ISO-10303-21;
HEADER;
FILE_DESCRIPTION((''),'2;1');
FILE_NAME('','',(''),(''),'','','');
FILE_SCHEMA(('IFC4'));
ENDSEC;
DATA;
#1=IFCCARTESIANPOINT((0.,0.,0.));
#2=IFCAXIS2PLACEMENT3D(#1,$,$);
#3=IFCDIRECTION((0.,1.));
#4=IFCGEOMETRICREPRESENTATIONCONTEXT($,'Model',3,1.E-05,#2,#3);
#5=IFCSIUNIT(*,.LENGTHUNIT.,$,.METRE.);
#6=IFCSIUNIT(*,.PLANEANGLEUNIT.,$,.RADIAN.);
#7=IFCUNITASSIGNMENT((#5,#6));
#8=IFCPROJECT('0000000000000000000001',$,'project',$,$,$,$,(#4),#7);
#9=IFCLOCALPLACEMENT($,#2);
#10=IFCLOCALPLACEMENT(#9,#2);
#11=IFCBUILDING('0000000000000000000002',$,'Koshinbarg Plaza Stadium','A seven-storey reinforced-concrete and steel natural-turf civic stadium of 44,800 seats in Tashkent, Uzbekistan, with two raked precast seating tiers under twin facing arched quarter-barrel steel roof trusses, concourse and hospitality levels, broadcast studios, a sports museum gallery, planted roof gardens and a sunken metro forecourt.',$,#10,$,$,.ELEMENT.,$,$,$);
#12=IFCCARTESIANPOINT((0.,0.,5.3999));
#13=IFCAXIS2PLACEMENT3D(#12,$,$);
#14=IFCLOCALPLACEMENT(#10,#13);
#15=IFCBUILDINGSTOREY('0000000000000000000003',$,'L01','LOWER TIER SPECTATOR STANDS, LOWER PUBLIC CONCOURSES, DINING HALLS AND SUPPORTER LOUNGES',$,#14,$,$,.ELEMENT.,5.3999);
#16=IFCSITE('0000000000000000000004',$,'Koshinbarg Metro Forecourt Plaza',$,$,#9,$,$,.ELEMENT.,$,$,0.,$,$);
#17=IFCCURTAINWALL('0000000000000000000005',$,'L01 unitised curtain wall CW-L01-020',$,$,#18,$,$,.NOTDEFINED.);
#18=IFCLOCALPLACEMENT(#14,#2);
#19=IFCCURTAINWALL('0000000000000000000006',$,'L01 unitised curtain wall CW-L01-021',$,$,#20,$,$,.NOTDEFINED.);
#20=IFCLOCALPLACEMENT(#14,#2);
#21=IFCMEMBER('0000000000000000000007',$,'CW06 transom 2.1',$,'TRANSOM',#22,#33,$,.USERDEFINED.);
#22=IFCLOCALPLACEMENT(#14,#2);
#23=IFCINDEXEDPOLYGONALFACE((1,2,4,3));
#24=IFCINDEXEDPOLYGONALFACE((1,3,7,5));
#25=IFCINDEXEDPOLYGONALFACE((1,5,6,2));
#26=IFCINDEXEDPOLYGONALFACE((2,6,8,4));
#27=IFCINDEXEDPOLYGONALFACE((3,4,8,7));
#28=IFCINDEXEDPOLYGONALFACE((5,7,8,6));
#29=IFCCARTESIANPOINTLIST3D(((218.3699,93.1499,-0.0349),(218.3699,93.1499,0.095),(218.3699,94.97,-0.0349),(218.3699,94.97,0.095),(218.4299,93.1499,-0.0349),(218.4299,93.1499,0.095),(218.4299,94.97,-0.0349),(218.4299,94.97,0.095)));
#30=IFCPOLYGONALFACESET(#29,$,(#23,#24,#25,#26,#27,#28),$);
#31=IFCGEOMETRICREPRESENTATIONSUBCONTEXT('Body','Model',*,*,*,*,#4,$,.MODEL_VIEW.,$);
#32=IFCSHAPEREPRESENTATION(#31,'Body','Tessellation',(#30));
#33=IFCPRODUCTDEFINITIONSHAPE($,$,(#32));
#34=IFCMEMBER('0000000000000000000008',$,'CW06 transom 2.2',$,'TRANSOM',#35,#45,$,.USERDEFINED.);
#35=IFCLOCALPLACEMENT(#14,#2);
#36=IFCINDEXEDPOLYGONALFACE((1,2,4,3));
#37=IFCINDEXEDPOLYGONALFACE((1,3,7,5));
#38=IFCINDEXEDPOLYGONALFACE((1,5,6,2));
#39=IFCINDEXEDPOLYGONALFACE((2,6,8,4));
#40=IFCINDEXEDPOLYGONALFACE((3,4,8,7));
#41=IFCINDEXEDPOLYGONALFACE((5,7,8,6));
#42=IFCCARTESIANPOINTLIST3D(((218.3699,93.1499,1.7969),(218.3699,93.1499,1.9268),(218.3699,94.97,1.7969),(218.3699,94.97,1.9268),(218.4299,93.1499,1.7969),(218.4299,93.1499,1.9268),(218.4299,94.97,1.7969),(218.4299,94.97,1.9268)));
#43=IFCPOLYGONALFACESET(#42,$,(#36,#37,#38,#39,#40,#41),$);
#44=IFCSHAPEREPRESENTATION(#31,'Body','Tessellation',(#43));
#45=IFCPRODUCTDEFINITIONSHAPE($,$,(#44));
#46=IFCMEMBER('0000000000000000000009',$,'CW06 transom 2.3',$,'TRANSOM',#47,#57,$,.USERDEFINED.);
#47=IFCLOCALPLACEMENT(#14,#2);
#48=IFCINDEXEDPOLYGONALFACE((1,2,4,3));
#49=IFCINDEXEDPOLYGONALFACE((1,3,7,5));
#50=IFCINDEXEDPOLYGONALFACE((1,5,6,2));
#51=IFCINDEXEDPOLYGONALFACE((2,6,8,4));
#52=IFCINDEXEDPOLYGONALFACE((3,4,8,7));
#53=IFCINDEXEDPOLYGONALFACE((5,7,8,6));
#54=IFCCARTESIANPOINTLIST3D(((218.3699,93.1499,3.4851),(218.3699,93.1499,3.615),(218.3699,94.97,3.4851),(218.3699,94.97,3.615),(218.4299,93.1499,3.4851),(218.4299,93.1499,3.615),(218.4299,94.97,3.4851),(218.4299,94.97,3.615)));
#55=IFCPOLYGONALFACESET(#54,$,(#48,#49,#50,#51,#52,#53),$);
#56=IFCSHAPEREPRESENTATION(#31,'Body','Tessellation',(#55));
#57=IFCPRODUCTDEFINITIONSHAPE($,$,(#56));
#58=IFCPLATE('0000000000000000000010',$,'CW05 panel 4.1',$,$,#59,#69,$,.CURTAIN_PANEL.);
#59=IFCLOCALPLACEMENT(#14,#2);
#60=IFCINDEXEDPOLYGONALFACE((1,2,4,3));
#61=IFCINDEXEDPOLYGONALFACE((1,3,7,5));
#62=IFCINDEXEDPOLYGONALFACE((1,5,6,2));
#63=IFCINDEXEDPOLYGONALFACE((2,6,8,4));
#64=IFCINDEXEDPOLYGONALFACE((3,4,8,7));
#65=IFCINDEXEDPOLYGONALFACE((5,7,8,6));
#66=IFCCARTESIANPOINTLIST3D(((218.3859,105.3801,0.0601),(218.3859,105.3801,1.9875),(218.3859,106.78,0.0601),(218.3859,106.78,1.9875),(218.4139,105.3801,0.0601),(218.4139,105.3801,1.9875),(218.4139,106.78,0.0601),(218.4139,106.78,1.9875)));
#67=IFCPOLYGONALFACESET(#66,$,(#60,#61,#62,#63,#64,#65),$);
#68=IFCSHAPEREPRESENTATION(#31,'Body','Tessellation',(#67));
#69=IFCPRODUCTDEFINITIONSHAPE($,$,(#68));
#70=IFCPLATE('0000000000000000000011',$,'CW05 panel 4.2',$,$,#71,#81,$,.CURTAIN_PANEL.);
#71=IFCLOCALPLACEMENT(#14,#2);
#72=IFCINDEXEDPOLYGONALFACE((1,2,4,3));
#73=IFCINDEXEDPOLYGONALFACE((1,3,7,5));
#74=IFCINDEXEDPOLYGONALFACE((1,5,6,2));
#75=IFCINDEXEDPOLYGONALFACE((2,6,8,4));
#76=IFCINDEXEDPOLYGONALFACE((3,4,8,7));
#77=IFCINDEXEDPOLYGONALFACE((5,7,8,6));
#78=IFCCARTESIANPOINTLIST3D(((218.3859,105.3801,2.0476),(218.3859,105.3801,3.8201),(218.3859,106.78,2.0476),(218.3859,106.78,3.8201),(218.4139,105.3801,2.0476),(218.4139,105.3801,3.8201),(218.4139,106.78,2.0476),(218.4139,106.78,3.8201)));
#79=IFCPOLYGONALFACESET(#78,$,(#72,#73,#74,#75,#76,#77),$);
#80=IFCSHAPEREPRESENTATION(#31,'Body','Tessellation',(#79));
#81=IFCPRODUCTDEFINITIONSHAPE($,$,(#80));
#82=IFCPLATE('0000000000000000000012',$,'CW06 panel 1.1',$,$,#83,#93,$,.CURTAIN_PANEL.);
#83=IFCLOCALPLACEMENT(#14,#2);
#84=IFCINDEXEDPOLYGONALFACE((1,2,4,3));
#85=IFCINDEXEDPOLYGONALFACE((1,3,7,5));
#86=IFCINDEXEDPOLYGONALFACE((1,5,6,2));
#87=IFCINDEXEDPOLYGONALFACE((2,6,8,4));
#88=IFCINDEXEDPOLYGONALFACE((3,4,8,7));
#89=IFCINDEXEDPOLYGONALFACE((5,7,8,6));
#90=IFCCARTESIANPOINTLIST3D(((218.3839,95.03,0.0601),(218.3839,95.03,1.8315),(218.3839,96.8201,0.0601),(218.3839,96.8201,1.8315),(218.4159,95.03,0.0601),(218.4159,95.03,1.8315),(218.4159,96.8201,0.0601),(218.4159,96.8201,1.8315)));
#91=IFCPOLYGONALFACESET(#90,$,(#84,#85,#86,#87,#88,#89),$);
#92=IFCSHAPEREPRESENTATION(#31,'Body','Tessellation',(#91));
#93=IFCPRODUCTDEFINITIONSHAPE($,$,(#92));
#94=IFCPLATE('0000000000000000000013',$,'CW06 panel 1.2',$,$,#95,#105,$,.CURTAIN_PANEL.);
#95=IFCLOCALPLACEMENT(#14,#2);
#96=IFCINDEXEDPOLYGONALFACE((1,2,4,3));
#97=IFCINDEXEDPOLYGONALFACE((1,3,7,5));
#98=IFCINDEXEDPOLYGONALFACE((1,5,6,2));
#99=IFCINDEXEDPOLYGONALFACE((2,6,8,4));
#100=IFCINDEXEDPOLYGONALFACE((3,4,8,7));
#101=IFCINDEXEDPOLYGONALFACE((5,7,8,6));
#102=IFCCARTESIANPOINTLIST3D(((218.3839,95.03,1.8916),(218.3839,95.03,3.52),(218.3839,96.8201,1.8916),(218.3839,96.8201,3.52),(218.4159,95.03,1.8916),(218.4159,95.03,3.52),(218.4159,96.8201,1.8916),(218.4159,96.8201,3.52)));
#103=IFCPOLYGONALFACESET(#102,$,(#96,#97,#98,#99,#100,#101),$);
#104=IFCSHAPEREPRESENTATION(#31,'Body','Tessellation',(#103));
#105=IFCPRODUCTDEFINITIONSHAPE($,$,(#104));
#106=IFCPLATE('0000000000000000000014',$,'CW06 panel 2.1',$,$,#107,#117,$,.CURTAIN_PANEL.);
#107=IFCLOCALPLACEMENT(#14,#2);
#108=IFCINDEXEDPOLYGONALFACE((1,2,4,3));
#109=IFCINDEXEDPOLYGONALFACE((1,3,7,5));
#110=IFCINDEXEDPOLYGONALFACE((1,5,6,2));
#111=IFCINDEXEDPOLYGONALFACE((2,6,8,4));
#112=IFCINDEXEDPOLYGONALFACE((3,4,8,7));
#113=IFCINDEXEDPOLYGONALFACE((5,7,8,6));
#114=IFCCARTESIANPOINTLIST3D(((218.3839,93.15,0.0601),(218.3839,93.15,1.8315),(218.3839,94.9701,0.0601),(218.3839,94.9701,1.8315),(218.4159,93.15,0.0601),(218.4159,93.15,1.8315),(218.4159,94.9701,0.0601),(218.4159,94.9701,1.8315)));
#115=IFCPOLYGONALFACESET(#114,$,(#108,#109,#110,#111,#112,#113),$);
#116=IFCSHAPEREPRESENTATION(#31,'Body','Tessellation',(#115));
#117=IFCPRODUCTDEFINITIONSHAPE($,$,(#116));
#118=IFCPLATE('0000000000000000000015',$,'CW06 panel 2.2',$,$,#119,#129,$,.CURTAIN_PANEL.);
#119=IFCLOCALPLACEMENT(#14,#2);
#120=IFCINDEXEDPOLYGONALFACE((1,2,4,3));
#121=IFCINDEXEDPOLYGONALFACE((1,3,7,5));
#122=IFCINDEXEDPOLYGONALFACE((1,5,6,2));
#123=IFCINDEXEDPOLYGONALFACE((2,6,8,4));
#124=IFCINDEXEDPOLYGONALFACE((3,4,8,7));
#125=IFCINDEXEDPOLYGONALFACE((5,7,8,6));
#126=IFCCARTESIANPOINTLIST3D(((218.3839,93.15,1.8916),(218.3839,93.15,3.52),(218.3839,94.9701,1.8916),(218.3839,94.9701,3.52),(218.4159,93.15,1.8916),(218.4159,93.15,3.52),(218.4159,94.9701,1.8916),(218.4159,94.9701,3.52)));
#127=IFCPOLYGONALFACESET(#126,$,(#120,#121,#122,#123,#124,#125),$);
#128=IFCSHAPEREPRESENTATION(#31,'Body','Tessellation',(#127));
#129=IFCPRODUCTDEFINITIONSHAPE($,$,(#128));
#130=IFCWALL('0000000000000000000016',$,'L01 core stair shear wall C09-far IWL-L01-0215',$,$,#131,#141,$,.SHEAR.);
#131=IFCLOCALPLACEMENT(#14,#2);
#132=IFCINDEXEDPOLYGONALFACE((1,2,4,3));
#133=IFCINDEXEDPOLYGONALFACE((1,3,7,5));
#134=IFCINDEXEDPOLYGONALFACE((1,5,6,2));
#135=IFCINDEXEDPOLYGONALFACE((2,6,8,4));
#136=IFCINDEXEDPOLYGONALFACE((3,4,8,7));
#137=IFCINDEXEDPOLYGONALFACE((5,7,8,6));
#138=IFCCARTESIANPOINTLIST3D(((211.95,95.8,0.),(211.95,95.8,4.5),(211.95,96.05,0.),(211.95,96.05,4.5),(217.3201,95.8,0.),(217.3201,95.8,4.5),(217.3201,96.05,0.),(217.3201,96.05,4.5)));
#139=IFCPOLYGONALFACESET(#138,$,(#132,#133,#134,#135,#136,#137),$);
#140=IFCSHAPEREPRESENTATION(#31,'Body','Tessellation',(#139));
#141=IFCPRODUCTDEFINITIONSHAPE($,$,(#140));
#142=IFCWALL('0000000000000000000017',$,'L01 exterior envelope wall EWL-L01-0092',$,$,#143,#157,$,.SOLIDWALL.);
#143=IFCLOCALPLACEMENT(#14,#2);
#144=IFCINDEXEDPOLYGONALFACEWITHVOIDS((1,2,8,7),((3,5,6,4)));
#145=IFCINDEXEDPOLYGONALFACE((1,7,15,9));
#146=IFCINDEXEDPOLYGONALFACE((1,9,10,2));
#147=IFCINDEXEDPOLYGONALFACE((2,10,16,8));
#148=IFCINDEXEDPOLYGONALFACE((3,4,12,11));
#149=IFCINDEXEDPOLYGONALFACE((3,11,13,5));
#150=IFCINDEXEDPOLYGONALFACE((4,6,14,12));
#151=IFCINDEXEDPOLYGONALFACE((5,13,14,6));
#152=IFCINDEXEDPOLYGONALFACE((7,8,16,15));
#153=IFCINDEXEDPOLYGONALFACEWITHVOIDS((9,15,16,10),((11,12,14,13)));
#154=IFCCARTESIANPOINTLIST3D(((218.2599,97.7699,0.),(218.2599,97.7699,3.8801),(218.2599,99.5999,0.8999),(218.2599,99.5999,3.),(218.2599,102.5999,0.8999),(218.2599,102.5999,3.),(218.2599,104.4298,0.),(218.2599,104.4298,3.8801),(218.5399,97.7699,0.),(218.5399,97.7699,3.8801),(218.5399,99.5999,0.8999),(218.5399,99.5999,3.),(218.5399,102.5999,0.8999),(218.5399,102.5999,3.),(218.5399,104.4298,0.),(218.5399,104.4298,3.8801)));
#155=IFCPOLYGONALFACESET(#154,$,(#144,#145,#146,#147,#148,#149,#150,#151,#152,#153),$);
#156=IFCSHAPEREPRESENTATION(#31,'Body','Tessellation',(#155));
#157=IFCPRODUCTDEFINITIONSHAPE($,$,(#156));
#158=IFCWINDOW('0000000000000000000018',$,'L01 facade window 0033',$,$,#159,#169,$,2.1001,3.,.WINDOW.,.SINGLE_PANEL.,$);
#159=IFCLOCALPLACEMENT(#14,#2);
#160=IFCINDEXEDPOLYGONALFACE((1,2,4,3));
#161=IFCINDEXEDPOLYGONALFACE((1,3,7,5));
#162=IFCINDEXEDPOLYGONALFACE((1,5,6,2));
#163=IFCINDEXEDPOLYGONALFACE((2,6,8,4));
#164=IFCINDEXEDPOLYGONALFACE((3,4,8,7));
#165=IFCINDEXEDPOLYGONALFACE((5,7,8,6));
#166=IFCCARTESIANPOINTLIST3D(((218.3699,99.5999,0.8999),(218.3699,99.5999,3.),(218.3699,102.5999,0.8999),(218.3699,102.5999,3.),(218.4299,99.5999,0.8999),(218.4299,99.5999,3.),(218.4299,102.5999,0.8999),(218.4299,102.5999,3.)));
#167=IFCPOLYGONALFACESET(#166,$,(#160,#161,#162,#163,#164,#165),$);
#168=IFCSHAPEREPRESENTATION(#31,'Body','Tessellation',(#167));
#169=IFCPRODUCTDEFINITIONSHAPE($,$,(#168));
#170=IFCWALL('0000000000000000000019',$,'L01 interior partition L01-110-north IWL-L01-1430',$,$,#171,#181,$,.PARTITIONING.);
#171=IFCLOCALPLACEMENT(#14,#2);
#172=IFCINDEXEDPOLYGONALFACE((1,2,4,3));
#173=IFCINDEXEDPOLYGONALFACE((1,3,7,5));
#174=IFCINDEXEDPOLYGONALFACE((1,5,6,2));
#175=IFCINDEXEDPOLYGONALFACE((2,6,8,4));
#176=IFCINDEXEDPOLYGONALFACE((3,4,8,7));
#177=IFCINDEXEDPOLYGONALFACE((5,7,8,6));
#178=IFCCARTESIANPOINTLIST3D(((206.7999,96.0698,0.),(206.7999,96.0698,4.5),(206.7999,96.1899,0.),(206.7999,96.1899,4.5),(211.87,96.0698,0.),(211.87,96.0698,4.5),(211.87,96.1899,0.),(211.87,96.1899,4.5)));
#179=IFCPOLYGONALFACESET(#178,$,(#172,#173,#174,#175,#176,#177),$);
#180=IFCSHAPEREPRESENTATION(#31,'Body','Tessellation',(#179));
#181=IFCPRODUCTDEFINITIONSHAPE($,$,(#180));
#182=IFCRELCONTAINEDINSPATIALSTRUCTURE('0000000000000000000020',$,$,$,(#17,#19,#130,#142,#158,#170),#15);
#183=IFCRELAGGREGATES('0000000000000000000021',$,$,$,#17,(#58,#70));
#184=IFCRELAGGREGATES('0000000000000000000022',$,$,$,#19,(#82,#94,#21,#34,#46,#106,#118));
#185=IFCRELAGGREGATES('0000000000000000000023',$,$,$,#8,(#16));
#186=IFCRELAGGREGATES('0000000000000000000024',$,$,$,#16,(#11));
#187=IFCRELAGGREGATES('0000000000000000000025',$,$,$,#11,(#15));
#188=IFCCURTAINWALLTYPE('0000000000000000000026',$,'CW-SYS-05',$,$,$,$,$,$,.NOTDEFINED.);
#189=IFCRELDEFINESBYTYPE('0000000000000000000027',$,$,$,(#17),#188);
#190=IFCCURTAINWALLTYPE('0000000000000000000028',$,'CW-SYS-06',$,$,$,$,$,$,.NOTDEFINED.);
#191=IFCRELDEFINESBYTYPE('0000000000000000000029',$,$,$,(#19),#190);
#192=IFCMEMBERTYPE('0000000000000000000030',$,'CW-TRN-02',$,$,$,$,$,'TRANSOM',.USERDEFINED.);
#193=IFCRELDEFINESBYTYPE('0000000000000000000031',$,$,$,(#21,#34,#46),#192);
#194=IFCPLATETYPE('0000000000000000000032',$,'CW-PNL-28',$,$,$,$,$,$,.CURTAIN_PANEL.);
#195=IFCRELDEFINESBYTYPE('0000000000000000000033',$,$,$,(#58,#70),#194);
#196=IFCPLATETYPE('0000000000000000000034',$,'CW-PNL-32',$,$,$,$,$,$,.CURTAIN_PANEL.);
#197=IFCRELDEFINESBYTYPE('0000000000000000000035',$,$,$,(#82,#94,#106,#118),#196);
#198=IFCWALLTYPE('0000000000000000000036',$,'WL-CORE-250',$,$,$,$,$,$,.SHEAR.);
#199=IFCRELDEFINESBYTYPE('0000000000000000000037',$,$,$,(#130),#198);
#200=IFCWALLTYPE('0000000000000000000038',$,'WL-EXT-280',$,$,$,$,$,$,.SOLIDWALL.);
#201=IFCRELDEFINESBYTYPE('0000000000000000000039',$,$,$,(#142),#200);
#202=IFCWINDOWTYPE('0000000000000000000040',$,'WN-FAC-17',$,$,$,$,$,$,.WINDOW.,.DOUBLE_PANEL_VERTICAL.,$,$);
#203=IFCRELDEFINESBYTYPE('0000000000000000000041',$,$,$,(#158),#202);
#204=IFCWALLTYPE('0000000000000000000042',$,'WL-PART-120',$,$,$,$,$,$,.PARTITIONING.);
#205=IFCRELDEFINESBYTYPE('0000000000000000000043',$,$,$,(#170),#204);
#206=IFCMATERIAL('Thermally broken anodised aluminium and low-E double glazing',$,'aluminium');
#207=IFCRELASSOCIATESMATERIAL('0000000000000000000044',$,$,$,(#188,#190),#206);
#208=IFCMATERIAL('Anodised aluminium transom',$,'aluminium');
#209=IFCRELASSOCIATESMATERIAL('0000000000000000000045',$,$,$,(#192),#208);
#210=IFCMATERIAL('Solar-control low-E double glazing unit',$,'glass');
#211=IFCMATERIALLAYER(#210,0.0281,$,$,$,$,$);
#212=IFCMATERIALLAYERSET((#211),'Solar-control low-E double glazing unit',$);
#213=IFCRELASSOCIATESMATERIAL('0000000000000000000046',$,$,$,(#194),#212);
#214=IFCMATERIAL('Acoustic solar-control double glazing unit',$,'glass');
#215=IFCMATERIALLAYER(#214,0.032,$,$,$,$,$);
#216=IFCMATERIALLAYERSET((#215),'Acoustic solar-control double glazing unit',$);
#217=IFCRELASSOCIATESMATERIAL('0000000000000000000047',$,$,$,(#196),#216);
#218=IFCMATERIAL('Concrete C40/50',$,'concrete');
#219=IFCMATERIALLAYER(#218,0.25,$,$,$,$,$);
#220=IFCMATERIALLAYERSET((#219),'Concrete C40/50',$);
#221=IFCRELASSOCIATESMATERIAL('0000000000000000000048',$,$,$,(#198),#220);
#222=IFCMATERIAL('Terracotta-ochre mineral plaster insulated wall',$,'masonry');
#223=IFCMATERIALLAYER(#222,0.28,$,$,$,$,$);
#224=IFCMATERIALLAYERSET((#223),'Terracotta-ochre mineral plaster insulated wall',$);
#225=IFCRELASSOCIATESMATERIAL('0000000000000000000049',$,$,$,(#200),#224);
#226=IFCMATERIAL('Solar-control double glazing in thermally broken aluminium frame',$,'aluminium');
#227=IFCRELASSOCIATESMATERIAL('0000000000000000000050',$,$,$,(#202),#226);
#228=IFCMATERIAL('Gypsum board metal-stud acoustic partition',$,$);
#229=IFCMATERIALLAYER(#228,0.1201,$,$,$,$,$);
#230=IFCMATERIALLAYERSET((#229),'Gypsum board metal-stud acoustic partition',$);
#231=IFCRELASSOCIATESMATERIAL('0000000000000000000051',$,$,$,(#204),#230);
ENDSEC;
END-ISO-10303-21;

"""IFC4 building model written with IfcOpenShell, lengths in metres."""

from ifc_helpers import new_model, si_unit, direction, frame, frame_2d, origin, origin_2d, place, context, subcontext, project, spatial, rectangle, extrude, material, layer, layer_set, material_profile, profile_set, type_object, element, fill, aggregate, save


model = new_model("IFC4")

# Units and contexts
model_context = context("Model", 3, precision=1e-05, world=origin(), true_north=direction((0.0, 1.0)))
body_context = subcontext(model_context, "Body", "Model", "MODEL_VIEW")
ifc_project = project(units=[si_unit("LENGTHUNIT", "METRE"), si_unit("PLANEANGLEUNIT", "RADIAN")], contexts=[model_context])

# Site, building, storey
site_placement = place(None, origin())
site = spatial("IfcSite", under=ifc_project, at=site_placement, Name="Koshinbarg Metro Forecourt Plaza", CompositionType="ELEMENT", RefElevation=0.0)
building_placement = place(site_placement, origin())
building = spatial("IfcBuilding", under=site, at=building_placement, Name="Koshinbarg Plaza Stadium", Description="A seven-storey reinforced-concrete and steel natural-turf civic stadium of 44,800 seats in Tashkent, Uzbekistan, with two raked precast seating tiers under twin facing arched quarter-barrel steel roof trusses, concourse and hospitality levels, broadcast studios, a sports museum gallery, planted roof gardens and a sunken metro forecourt.", CompositionType="ELEMENT")
storey_placement = place(building_placement, frame((0.0, 0.0, 5.3999)))
storey = spatial("IfcBuildingStorey", under=building, at=storey_placement, Name="L01", Description="LOWER TIER SPECTATOR STANDS, LOWER PUBLIC CONCOURSES, DINING HALLS AND SUPPORTER LOUNGES", CompositionType="ELEMENT", Elevation=5.3999)

# Shared definitions
ifc_material_1 = material(Name="Concrete C40/50", Category="concrete")

# Curtain wall
ifc_material_2 = material(Name="Thermally broken anodised aluminium and low-E double glazing", Category="aluminium")
curtain_wall_type_1 = type_object("IfcCurtainWallType", Name="CW-SYS-05", PredefinedType="NOTDEFINED", material=ifc_material_2)
curtain_wall_1_placement = place(storey_placement, origin())
curtain_wall_1 = element("IfcCurtainWall", 1, at=curtain_wall_1_placement, inside=storey, type_object=curtain_wall_type_1, Name="L01 unitised curtain wall CW-L01-020", PredefinedType="NOTDEFINED")

# Curtain wall, members
curtain_wall_type_2 = type_object("IfcCurtainWallType", Name="CW-SYS-06", PredefinedType="NOTDEFINED", material=ifc_material_2)
curtain_wall_2_placement = place(storey_placement, origin())
curtain_wall_2 = element("IfcCurtainWall", 2, at=curtain_wall_2_placement, inside=storey, type_object=curtain_wall_type_2, Name="L01 unitised curtain wall CW-L01-021", PredefinedType="NOTDEFINED")
ifc_material_3 = material(Name="Anodised aluminium transom", Category="aluminium")
ifc_material_profile_1 = material_profile(ifc_material_3, rectangle(XDim=0.0601, YDim=0.1299, at=origin_2d()), Name="ALU 60x130")
ifc_profile_set_1 = profile_set([ifc_material_profile_1], Name="Anodised aluminium transom")
member_type_1 = type_object("IfcMemberType", Name="CW-TRN-02", ElementType="TRANSOM", PredefinedType="USERDEFINED", material=ifc_profile_set_1)
member_1_placement = place(storey_placement, frame((218.3999, 94.97, 0.03), z_axis=(0.0, -1.0, 0.0), x_axis=(1.0, 0.0, 0.0)))
member_1 = element("IfcMember", 3, at=member_1_placement, type_object=member_type_1, Name="CW06 transom 2.1", ObjectType="TRANSOM", PredefinedType="USERDEFINED", context=body_context, shape_type="SweptSolid", body=[
    extrude(rectangle(XDim=0.0601, YDim=0.1299, at=origin_2d()), origin(), (0.0, 0.0, 1.0), 1.8201),
])
member_2_placement = place(storey_placement, frame((218.3999, 94.97, 1.8618), z_axis=(0.0, -1.0, 0.0), x_axis=(1.0, 0.0, 0.0)))
member_2 = element("IfcMember", 4, at=member_2_placement, type_object=member_type_1, Name="CW06 transom 2.2", ObjectType="TRANSOM", PredefinedType="USERDEFINED", context=body_context, shape_type="SweptSolid", body=[
    extrude(rectangle(XDim=0.0601, YDim=0.1299, at=origin_2d()), origin(), (0.0, 0.0, 1.0), 1.8201),
])
member_3_placement = place(storey_placement, frame((218.3999, 94.97, 3.55), z_axis=(0.0, -1.0, 0.0), x_axis=(1.0, 0.0, 0.0)))
member_3 = element("IfcMember", 5, at=member_3_placement, type_object=member_type_1, Name="CW06 transom 2.3", ObjectType="TRANSOM", PredefinedType="USERDEFINED", context=body_context, shape_type="SweptSolid", body=[
    extrude(rectangle(XDim=0.0601, YDim=0.1299, at=origin_2d()), origin(), (0.0, 0.0, 1.0), 1.8201),
])

# Plates
ifc_material_4 = material(Name="Solar-control low-E double glazing unit", Category="glass")
ifc_layer_1 = layer(ifc_material_4, 0.0281)
ifc_layer_set_1 = layer_set([ifc_layer_1], Name="Solar-control low-E double glazing unit")
plate_type_1 = type_object("IfcPlateType", Name="CW-PNL-28", PredefinedType="CURTAIN_PANEL", material=ifc_layer_set_1)
plate_1_placement = place(storey_placement, frame((218.3999, 106.0801, 0.0601), z_axis=(0.0, 0.0, 1.0), x_axis=(0.0, -1.0, 0.0)))
plate_1 = element("IfcPlate", 6, at=plate_1_placement, type_object=plate_type_1, Name="CW05 panel 4.1", PredefinedType="CURTAIN_PANEL", context=body_context, shape_type="SweptSolid", body=[
    extrude(rectangle(XDim=1.3999, YDim=0.0281, at=origin_2d()), origin(), (0.0, 0.0, 1.0), 1.9275),
])
plate_2_placement = place(storey_placement, frame((218.3999, 106.0801, 2.0476), z_axis=(0.0, 0.0, 1.0), x_axis=(0.0, -1.0, 0.0)))
plate_2 = element("IfcPlate", 7, at=plate_2_placement, type_object=plate_type_1, Name="CW05 panel 4.2", PredefinedType="CURTAIN_PANEL", context=body_context, shape_type="SweptSolid", body=[
    extrude(rectangle(XDim=1.3999, YDim=0.0281, at=origin_2d()), origin(), (0.0, 0.0, 1.0), 1.7725),
])
aggregate(curtain_wall_1, [plate_1, plate_2])
ifc_material_5 = material(Name="Acoustic solar-control double glazing unit", Category="glass")
ifc_layer_2 = layer(ifc_material_5, 0.032)
ifc_layer_set_2 = layer_set([ifc_layer_2], Name="Acoustic solar-control double glazing unit")
plate_type_2 = type_object("IfcPlateType", Name="CW-PNL-32", PredefinedType="CURTAIN_PANEL", material=ifc_layer_set_2)
plate_3_placement = place(storey_placement, frame((218.3999, 95.925, 0.0601), z_axis=(0.0, 0.0, 1.0), x_axis=(0.0, -1.0, 0.0)))
plate_3 = element("IfcPlate", 8, at=plate_3_placement, type_object=plate_type_2, Name="CW06 panel 1.1", PredefinedType="CURTAIN_PANEL", context=body_context, shape_type="SweptSolid", body=[
    extrude(rectangle(XDim=1.79, YDim=0.032, at=origin_2d()), origin(), (0.0, 0.0, 1.0), 1.7715),
])
plate_4_placement = place(storey_placement, frame((218.3999, 95.925, 1.8916), z_axis=(0.0, 0.0, 1.0), x_axis=(0.0, -1.0, 0.0)))
plate_4 = element("IfcPlate", 9, at=plate_4_placement, type_object=plate_type_2, Name="CW06 panel 1.2", PredefinedType="CURTAIN_PANEL", context=body_context, shape_type="SweptSolid", body=[
    extrude(rectangle(XDim=1.79, YDim=0.032, at=origin_2d()), origin(), (0.0, 0.0, 1.0), 1.6284),
])
plate_5_placement = place(storey_placement, frame((218.3999, 94.0601, 0.0601), z_axis=(0.0, 0.0, 1.0), x_axis=(0.0, -1.0, 0.0)))
plate_5 = element("IfcPlate", 10, at=plate_5_placement, type_object=plate_type_2, Name="CW06 panel 2.1", PredefinedType="CURTAIN_PANEL", context=body_context, shape_type="SweptSolid", body=[
    extrude(rectangle(XDim=1.8201, YDim=0.032, at=origin_2d()), origin(), (0.0, 0.0, 1.0), 1.7715),
])
plate_6_placement = place(storey_placement, frame((218.3999, 94.0601, 1.8916), z_axis=(0.0, 0.0, 1.0), x_axis=(0.0, -1.0, 0.0)))
plate_6 = element("IfcPlate", 11, at=plate_6_placement, type_object=plate_type_2, Name="CW06 panel 2.2", PredefinedType="CURTAIN_PANEL", context=body_context, shape_type="SweptSolid", body=[
    extrude(rectangle(XDim=1.8201, YDim=0.032, at=origin_2d()), origin(), (0.0, 0.0, 1.0), 1.6284),
])
aggregate(curtain_wall_2, [plate_3, plate_4, member_1, member_2, member_3, plate_5, plate_6])

# Wall
ifc_layer_3 = layer(ifc_material_1, 0.25)
ifc_layer_set_3 = layer_set([ifc_layer_3], Name="Concrete C40/50")
wall_type_1 = type_object("IfcWallType", Name="WL-CORE-250", PredefinedType="SHEAR", material=ifc_layer_set_3)
wall_1_placement = place(storey_placement, frame((217.3201, 95.925, 0.0), z_axis=(0.0, 0.0, 1.0), x_axis=(-1.0, 0.0, 0.0)))
element("IfcWall", 12, at=wall_1_placement, inside=storey, type_object=wall_type_1, Name="L01 core stair shear wall C09-far IWL-L01-0215", PredefinedType="SHEAR", context=body_context, shape_type="SweptSolid", body=[
    extrude(rectangle(XDim=5.3701, YDim=0.25, at=frame_2d((2.6851, 0.0))), origin(), (0.0, 0.0, 1.0), 4.5),
])

# Wall, opening, window
ifc_material_6 = material(Name="Terracotta-ochre mineral plaster insulated wall", Category="masonry")
ifc_layer_4 = layer(ifc_material_6, 0.28)
ifc_layer_set_4 = layer_set([ifc_layer_4], Name="Terracotta-ochre mineral plaster insulated wall")
wall_type_2 = type_object("IfcWallType", Name="WL-EXT-280", PredefinedType="SOLIDWALL", material=ifc_layer_set_4)
wall_2_placement = place(storey_placement, frame((218.3999, 104.4299, 0.0), z_axis=(0.0, 0.0, 1.0), x_axis=(0.0, -1.0, 0.0)))
wall_2 = element("IfcWall", 13, at=wall_2_placement, inside=storey, type_object=wall_type_2, Name="L01 exterior envelope wall EWL-L01-0092", PredefinedType="SOLIDWALL", context=body_context, shape_type="SweptSolid", body=[
    extrude(rectangle(XDim=6.6599, YDim=0.28, at=frame_2d((3.3301, 0.0))), origin(), (0.0, 0.0, 1.0), 3.8801),
])
opening_placement = place(wall_2_placement, frame((1.8301, 0.0, 0.8999)))
opening = element("IfcOpeningElement", 14, at=opening_placement, cuts=wall_2, PredefinedType="OPENING", context=body_context, shape_type="SweptSolid", body=[
    extrude(rectangle(XDim=3.0, YDim=2.1001, at=frame_2d((1.5, 1.05))), frame((0.0, 0.1499, 0.0), z_axis=(0.0, -1.0, 0.0), x_axis=(1.0, 0.0, 0.0)), (0.0, 0.0, 1.0), 0.3),
])
ifc_material_7 = material(Name="Solar-control double glazing in thermally broken aluminium frame", Category="aluminium")
window_type = type_object("IfcWindowType", Name="WN-FAC-17", PartitioningType="DOUBLE_PANEL_VERTICAL", PredefinedType="WINDOW", material=ifc_material_7)
window_placement = place(opening_placement, origin())
window = element("IfcWindow", 15, at=window_placement, inside=storey, type_object=window_type, Name="L01 facade window 0033", OverallHeight=2.1001, OverallWidth=3.0, PartitioningType="SINGLE_PANEL", PredefinedType="WINDOW", context=body_context, shape_type="SweptSolid", body=[
    extrude(rectangle(XDim=3.0, YDim=2.1001, at=frame_2d((1.5, 1.05))), frame((0.0, 0.03, 0.0), z_axis=(0.0, -1.0, 0.0), x_axis=(1.0, 0.0, 0.0)), (0.0, 0.0, 1.0), 0.0601),
])
fill(opening, window)

# Wall
ifc_material_8 = material(Name="Gypsum board metal-stud acoustic partition")
ifc_layer_5 = layer(ifc_material_8, 0.1201)
ifc_layer_set_5 = layer_set([ifc_layer_5], Name="Gypsum board metal-stud acoustic partition")
wall_type_3 = type_object("IfcWallType", Name="WL-PART-120", PredefinedType="PARTITIONING", material=ifc_layer_set_5)
wall_3_placement = place(storey_placement, frame((211.8701, 96.1299, 0.0), z_axis=(0.0, 0.0, 1.0), x_axis=(-1.0, 0.0, 0.0)))
element("IfcWall", 16, at=wall_3_placement, inside=storey, type_object=wall_type_3, Name="L01 interior partition L01-110-north IWL-L01-1430", PredefinedType="PARTITIONING", context=body_context, shape_type="SweptSolid", body=[
    extrude(rectangle(XDim=5.0701, YDim=0.1201, at=frame_2d((2.5352, 0.0))), origin(), (0.0, 0.0, 1.0), 4.5),
])

save(model, "model.ifc")
